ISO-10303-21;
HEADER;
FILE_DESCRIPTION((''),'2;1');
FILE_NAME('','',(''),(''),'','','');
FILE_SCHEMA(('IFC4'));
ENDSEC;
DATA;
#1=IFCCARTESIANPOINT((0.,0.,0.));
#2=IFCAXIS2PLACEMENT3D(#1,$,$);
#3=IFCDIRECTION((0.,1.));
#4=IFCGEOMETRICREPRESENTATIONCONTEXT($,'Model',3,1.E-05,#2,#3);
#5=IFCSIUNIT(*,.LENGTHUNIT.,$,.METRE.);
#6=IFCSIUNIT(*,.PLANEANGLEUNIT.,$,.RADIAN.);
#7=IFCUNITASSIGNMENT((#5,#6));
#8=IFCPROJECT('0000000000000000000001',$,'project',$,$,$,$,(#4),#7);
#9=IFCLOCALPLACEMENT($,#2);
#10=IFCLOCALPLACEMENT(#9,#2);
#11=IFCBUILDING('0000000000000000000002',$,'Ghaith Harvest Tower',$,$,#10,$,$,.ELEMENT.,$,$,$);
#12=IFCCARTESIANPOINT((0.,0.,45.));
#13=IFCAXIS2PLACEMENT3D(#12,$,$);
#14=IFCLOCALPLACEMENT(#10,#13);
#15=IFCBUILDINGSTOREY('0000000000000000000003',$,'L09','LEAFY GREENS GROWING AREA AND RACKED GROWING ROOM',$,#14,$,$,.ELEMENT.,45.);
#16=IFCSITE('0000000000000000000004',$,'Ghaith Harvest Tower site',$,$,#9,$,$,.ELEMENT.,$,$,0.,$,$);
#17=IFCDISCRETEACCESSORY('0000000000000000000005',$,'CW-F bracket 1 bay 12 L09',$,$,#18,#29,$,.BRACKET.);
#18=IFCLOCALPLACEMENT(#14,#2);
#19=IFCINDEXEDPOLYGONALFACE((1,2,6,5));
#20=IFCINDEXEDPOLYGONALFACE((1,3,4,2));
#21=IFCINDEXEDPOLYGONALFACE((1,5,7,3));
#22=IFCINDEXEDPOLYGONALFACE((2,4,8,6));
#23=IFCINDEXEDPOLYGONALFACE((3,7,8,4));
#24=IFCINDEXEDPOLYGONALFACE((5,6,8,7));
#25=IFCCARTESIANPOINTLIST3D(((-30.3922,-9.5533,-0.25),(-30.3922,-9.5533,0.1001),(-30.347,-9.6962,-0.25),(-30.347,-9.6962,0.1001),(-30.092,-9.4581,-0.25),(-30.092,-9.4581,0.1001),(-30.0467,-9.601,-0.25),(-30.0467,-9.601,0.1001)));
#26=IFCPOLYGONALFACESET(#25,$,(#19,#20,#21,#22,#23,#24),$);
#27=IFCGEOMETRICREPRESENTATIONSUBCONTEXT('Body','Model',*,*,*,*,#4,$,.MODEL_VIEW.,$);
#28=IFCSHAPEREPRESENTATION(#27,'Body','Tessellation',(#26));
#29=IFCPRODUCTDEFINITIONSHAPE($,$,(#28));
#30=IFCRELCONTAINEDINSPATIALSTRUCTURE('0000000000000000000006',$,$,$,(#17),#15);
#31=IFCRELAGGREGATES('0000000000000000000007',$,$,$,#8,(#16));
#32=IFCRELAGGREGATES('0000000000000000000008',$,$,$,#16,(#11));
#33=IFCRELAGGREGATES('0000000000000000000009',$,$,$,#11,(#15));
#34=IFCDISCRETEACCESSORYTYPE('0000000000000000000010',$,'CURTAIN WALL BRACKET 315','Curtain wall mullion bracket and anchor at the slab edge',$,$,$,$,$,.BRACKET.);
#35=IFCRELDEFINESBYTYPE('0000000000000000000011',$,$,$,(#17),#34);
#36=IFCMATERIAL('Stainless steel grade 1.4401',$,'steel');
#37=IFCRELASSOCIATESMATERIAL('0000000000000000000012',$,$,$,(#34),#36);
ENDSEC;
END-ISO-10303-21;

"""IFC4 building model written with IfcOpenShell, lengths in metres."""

from ifc_helpers import new_model, si_unit, direction, frame, origin, origin_2d, place, context, subcontext, project, spatial, rectangle, extrude, material, type_object, element, save


model = new_model("IFC4")

# Units and contexts
model_context = context("Model", 3, precision=1e-05, world=origin(), true_north=direction((0.0, 1.0)))
body_context = subcontext(model_context, "Body", "Model", "MODEL_VIEW")
ifc_project = project(units=[si_unit("LENGTHUNIT", "METRE"), si_unit("PLANEANGLEUNIT", "RADIAN")], contexts=[model_context])

# Site, building, storey
site_placement = place(None, origin())
site = spatial("IfcSite", under=ifc_project, at=site_placement, Name="Ghaith Harvest Tower site", CompositionType="ELEMENT", RefElevation=0.0)
building_placement = place(site_placement, origin())
building = spatial("IfcBuilding", under=site, at=building_placement, Name="Ghaith Harvest Tower", CompositionType="ELEMENT")
storey_placement = place(building_placement, frame((0.0, 0.0, 45.0)))
storey = spatial("IfcBuildingStorey", under=building, at=storey_placement, Name="L09", Description="LEAFY GREENS GROWING AREA AND RACKED GROWING ROOM", CompositionType="ELEMENT", Elevation=45.0)

# Discrete accessory
ifc_material_1 = material(Name="Stainless steel grade 1.4401", Category="steel")
discrete_accessory_type = type_object("IfcDiscreteAccessoryType", Name="CURTAIN WALL BRACKET 315", Description="Curtain wall mullion bracket and anchor at the slab edge", PredefinedType="BRACKET", material=ifc_material_1)
discrete_accessory_placement = place(storey_placement, frame((-30.2195, -9.5771, -0.25), z_axis=(0.0, 0.0, 1.0), x_axis=(-0.953273, -0.30211, 0.0)))
element("IfcDiscreteAccessory", 1, at=discrete_accessory_placement, inside=storey, type_object=discrete_accessory_type, Name="CW-F bracket 1 bay 12 L09", PredefinedType="BRACKET", context=body_context, shape_type="SweptSolid", body=[
    extrude(rectangle(XDim=0.3149, YDim=0.1499, at=origin_2d()), origin(), (0.0, 0.0, 1.0), 0.3501),
])

save(model, "model.ifc")
